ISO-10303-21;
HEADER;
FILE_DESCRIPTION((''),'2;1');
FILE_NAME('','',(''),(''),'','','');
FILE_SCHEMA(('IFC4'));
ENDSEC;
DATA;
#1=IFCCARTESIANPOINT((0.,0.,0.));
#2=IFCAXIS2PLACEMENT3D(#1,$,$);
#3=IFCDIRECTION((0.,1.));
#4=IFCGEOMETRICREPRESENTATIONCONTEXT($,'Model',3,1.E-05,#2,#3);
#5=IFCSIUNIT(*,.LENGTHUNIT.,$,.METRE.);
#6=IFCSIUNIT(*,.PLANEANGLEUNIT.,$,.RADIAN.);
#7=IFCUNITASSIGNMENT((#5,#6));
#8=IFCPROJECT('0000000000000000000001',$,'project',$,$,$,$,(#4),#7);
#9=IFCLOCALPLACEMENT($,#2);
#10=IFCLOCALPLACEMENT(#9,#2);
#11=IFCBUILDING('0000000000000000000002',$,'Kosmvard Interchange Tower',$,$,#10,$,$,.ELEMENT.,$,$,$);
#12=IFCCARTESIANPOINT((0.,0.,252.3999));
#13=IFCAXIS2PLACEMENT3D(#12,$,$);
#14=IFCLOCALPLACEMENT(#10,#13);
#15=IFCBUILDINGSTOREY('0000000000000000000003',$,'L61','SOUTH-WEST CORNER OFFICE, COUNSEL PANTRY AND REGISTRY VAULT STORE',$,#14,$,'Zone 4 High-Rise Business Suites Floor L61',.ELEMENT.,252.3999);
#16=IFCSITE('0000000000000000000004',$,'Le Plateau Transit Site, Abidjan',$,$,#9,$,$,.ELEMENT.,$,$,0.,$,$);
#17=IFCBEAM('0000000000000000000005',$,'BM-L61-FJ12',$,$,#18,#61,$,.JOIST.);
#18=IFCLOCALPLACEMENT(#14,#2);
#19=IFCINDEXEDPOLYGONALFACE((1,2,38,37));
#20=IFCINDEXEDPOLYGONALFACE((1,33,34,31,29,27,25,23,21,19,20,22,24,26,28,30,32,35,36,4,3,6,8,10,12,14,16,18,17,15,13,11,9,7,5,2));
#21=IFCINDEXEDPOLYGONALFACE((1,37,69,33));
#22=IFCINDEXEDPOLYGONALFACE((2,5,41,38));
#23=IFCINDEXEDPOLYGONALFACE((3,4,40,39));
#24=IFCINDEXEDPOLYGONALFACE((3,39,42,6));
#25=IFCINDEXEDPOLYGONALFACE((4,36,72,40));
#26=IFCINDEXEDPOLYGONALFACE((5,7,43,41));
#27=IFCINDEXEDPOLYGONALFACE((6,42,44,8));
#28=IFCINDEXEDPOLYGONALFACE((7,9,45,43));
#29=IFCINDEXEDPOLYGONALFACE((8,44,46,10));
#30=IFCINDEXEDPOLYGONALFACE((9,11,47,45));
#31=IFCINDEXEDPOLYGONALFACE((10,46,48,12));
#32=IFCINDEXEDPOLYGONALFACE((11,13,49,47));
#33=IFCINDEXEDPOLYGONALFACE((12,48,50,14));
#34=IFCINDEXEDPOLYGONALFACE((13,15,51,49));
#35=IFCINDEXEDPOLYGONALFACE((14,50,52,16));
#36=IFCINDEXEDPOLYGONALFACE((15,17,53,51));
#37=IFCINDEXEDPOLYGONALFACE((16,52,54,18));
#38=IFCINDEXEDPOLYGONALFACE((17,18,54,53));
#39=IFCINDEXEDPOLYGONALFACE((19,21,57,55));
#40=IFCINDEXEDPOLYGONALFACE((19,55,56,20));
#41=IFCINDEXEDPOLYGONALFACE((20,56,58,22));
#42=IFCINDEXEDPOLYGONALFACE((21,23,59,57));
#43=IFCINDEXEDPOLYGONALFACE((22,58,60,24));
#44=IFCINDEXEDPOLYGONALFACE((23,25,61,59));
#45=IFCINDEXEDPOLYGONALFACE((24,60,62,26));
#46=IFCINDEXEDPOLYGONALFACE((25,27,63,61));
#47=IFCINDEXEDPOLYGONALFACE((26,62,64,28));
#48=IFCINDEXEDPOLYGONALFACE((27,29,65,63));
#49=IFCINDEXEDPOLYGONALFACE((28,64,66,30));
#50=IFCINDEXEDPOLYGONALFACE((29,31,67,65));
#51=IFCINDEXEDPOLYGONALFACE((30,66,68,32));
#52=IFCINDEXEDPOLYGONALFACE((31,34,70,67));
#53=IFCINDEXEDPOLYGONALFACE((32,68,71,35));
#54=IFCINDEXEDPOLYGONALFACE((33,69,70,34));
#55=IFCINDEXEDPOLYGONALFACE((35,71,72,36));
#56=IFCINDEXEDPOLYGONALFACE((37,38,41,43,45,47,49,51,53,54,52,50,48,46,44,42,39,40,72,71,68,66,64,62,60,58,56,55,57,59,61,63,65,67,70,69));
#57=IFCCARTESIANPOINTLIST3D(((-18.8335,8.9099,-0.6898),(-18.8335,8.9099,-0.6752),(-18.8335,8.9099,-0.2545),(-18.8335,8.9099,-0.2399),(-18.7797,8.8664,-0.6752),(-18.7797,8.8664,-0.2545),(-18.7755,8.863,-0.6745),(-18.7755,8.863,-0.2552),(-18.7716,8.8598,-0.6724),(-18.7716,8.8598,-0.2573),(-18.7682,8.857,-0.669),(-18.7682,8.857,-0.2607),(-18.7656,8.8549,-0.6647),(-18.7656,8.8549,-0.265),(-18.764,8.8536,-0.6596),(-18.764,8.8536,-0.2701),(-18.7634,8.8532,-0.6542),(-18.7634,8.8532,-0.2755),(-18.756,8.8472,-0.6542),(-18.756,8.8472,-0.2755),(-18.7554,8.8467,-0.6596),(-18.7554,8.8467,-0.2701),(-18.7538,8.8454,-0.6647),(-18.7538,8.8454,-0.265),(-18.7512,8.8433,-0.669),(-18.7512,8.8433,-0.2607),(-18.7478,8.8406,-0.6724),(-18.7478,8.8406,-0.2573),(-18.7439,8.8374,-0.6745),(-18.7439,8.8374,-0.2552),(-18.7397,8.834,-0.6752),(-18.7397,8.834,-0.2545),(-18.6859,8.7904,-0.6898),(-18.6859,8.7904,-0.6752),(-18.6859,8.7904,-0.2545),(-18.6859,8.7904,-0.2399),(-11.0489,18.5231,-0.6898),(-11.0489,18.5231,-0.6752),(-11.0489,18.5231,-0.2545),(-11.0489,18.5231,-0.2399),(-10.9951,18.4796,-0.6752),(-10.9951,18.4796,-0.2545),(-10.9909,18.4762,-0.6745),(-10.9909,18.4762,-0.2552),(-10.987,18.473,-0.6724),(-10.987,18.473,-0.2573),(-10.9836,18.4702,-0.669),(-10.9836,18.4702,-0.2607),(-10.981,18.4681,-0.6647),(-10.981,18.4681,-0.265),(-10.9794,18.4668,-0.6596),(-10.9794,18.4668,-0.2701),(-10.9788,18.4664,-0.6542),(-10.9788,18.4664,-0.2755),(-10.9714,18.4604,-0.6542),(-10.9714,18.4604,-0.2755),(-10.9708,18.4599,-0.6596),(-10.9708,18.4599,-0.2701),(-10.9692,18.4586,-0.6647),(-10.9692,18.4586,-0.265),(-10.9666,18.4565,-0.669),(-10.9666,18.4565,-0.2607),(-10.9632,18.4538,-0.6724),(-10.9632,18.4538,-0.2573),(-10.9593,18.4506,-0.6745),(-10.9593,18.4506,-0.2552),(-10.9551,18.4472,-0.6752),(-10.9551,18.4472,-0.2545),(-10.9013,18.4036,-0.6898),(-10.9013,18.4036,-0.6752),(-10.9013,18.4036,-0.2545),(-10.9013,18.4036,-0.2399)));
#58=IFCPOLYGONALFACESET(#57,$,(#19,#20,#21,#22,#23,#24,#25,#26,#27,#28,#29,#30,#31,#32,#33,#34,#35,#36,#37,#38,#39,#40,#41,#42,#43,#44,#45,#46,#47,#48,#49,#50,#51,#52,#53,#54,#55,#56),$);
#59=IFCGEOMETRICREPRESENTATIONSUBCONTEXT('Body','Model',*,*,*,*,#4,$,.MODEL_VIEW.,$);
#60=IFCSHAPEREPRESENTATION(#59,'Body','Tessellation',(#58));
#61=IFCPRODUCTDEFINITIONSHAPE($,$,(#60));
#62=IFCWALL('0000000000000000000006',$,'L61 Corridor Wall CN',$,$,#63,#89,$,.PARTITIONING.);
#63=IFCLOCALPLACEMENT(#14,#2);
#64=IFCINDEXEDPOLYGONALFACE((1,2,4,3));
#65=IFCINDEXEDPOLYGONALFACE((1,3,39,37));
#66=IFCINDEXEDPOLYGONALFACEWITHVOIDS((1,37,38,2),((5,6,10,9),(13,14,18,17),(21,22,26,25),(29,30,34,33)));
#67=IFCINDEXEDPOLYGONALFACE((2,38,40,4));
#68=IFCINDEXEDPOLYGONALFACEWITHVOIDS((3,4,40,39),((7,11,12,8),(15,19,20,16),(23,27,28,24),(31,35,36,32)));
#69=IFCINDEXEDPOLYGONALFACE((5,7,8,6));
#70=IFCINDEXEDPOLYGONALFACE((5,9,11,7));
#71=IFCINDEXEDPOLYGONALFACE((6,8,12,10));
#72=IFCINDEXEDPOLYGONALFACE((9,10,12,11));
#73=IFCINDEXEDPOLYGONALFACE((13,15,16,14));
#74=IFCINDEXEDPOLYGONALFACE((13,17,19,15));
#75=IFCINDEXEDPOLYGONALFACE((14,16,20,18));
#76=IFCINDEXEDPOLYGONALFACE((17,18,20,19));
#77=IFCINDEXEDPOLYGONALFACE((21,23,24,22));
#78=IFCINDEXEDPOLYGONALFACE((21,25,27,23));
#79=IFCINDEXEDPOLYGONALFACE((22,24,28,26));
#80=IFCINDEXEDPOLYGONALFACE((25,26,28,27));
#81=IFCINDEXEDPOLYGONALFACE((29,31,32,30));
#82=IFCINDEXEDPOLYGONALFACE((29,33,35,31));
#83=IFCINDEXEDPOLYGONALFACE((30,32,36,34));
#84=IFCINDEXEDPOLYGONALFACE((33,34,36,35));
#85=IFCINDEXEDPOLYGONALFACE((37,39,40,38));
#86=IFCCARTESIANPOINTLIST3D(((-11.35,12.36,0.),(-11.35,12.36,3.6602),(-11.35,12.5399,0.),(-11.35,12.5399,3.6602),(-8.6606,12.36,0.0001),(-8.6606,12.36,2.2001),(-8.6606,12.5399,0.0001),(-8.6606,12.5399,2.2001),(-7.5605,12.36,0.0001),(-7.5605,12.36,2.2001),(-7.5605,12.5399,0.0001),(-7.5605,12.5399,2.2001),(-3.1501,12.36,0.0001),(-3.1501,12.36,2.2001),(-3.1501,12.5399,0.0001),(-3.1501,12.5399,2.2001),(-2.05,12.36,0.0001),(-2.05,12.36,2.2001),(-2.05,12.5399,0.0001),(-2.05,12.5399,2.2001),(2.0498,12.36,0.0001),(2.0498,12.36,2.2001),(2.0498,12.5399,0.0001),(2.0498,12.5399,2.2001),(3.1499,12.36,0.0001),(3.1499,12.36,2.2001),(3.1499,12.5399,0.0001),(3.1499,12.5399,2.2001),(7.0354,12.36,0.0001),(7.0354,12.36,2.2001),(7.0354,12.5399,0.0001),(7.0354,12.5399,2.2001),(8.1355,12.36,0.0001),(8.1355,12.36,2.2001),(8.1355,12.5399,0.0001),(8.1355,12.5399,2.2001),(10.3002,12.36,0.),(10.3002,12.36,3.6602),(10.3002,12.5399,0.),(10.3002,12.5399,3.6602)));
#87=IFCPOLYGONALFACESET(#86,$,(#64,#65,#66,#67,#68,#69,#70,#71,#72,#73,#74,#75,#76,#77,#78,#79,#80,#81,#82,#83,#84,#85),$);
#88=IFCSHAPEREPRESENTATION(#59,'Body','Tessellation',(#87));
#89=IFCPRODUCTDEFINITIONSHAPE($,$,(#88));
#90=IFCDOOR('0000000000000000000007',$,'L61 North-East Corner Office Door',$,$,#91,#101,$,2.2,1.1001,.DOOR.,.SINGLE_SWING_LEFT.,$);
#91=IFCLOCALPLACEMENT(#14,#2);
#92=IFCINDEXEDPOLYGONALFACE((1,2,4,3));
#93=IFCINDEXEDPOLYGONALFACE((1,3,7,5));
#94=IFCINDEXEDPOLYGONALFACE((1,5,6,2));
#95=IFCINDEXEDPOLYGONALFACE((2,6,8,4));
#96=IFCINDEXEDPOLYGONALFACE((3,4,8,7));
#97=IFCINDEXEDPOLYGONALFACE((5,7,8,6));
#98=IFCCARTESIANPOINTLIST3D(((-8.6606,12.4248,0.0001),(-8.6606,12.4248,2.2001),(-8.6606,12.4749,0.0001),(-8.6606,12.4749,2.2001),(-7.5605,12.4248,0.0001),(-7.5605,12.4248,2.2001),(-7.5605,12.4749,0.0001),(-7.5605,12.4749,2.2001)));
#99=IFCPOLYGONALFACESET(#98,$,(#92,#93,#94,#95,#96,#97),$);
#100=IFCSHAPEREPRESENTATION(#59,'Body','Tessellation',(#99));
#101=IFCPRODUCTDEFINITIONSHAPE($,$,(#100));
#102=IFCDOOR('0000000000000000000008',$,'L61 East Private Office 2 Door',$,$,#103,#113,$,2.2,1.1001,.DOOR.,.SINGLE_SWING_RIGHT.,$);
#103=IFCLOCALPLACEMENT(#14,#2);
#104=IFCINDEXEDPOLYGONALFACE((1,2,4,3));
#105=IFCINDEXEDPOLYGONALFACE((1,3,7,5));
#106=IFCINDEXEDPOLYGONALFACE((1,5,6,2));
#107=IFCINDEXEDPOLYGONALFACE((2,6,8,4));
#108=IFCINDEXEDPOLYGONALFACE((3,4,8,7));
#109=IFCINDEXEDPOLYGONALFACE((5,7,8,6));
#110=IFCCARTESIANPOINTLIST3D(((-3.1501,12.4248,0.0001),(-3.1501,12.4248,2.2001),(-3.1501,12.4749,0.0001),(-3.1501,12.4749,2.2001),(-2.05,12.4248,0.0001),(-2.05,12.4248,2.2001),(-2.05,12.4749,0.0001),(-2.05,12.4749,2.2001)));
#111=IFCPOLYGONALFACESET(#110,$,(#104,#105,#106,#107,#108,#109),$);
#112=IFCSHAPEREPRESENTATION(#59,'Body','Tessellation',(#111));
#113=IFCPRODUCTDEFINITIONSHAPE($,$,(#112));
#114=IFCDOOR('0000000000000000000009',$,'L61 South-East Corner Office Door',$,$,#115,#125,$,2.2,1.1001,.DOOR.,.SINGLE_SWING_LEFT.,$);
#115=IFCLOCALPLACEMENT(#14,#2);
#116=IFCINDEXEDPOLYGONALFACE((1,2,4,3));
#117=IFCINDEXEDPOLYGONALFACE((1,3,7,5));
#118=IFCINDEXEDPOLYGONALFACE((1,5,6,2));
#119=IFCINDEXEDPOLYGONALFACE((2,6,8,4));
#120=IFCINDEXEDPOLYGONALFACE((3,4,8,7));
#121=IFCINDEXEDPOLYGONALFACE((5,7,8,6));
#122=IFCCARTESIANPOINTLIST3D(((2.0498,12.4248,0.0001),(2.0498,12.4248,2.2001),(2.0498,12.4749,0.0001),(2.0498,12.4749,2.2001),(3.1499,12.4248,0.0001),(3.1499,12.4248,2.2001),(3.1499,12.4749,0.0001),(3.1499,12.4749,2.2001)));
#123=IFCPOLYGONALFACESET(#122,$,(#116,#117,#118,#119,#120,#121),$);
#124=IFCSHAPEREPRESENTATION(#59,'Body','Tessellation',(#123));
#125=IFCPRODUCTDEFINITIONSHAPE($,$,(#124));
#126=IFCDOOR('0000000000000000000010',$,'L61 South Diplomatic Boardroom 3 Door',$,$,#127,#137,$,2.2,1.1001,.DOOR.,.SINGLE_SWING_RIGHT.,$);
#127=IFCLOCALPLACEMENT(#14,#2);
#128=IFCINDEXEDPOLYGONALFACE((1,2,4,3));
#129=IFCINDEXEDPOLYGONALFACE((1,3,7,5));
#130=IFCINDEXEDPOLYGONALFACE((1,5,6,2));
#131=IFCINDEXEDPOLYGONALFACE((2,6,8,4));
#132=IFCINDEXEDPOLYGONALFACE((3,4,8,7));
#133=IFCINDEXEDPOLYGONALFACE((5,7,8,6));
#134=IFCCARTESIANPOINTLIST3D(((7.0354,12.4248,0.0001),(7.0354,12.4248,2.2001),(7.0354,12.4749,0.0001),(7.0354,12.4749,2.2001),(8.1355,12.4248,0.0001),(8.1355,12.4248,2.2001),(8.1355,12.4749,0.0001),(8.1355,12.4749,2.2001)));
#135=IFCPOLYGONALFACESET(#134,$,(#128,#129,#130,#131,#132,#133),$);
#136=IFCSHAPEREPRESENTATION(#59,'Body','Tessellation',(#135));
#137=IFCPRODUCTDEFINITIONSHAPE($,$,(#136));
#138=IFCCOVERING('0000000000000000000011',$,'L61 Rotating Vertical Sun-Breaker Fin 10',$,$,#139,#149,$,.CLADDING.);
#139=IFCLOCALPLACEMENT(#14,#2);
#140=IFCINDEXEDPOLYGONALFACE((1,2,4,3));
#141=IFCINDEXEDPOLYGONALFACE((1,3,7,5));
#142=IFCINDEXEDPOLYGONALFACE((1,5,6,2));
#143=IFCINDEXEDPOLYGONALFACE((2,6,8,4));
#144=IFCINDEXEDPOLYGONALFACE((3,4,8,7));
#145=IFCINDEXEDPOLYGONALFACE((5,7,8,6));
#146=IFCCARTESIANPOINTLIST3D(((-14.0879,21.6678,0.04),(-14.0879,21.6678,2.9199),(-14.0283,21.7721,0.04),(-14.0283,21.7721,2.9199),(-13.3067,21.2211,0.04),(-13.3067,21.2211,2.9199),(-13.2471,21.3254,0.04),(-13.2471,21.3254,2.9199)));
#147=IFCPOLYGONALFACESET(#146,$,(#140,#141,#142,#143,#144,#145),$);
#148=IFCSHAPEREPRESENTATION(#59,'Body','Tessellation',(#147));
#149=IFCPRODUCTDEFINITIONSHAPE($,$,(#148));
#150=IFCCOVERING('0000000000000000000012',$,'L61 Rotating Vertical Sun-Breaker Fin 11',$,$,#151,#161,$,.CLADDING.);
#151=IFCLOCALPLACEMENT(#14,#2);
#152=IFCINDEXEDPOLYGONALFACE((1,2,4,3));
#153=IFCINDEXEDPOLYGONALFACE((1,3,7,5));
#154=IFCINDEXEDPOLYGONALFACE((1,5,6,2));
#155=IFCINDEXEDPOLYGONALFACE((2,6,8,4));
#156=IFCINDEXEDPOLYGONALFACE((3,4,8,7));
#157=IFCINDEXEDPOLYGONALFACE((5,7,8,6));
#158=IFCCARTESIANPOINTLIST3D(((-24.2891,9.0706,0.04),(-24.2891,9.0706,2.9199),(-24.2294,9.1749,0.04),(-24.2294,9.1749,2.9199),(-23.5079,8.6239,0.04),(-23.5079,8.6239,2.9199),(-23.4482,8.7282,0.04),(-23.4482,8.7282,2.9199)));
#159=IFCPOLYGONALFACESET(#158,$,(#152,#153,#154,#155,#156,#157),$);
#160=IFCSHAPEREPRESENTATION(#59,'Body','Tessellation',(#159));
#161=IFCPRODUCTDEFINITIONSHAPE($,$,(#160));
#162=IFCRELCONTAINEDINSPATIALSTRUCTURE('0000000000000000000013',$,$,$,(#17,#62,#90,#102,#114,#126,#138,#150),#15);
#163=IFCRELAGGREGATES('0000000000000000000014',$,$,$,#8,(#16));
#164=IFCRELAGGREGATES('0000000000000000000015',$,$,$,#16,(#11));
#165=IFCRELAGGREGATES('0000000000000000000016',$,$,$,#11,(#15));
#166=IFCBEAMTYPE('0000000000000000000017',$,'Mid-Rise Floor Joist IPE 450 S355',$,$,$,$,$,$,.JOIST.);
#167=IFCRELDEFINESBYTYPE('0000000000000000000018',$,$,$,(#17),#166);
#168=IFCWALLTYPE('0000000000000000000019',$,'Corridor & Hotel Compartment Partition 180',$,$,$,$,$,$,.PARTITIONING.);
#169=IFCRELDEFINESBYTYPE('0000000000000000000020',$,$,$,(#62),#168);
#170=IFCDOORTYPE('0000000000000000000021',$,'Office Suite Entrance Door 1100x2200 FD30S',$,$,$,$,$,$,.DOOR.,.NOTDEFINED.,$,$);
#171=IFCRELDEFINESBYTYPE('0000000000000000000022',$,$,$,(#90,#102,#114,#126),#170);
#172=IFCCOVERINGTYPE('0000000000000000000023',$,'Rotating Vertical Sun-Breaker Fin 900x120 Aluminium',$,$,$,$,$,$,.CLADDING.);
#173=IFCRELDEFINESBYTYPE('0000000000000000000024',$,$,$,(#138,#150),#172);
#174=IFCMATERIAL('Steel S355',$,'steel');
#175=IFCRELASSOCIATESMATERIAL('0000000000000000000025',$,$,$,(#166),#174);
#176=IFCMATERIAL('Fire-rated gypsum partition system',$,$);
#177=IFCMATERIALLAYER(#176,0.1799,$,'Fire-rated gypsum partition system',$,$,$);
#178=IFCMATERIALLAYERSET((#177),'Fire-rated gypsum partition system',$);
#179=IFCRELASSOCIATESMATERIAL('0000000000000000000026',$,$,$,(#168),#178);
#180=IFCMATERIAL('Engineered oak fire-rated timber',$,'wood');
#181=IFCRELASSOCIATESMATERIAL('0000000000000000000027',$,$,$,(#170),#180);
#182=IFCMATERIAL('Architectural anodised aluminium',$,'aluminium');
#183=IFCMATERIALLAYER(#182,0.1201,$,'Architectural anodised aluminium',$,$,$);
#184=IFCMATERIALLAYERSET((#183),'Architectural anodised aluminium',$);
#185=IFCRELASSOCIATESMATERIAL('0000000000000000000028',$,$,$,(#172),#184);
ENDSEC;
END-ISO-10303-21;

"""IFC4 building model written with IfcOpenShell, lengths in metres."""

from ifc_helpers import new_model, si_unit, direction, frame, frame_2d, origin, origin_2d, place, context, subcontext, project, spatial, rectangle, i_section, extrude, source, transform, mapped, material, layer, layer_set, material_profile, profile_set, type_object, element, fill, save


model = new_model("IFC4")

# Units and contexts
model_context = context("Model", 3, precision=1e-05, world=origin(), true_north=direction((0.0, 1.0)))
body_context = subcontext(model_context, "Body", "Model", "MODEL_VIEW")
ifc_project = project(units=[si_unit("LENGTHUNIT", "METRE"), si_unit("PLANEANGLEUNIT", "RADIAN")], contexts=[model_context])

# Site, building, storey
site_placement = place(None, origin())
site = spatial("IfcSite", under=ifc_project, at=site_placement, Name="Le Plateau Transit Site, Abidjan", CompositionType="ELEMENT", RefElevation=0.0)
building_placement = place(site_placement, origin())
building = spatial("IfcBuilding", under=site, at=building_placement, Name="Kosmvard Interchange Tower", CompositionType="ELEMENT")
storey_placement = place(building_placement, frame((0.0, 0.0, 252.3999)))
storey = spatial("IfcBuildingStorey", under=building, at=storey_placement, Name="L61", Description="SOUTH-WEST CORNER OFFICE, COUNSEL PANTRY AND REGISTRY VAULT STORE", LongName="Zone 4 High-Rise Business Suites Floor L61", CompositionType="ELEMENT", Elevation=252.3999)

# Beam
ifc_material_1 = material(Name="Steel S355", Category="steel")
ifc_material_profile_1 = material_profile(ifc_material_1, i_section(OverallWidth=0.1899, OverallDepth=0.45, WebThickness=0.0095, FlangeThickness=0.0146, FilletRadius=0.021, at=origin_2d()), Name="IPE 450")
ifc_profile_set_1 = profile_set([ifc_material_profile_1], Name="Steel S355")
beam_type_1 = type_object("IfcBeamType", Name="Mid-Rise Floor Joist IPE 450 S355", PredefinedType="JOIST", material=ifc_profile_set_1)
shared_shape_1 = source(origin(), body_context, "Body", "SweptSolid", [
    extrude(i_section(OverallWidth=0.1899, OverallDepth=0.45, WebThickness=0.0095, FlangeThickness=0.0146, FilletRadius=0.021, at=origin_2d()), origin(), (0.0, 0.0, 1.0), 12.3699),
])
beam_1_placement = place(storey_placement, frame((-10.9751, 18.4634, -0.4648), z_axis=(-0.62932, -0.777147, 0.0), x_axis=(0.777147, -0.62932, 0.0)))
element("IfcBeam", 1, at=beam_1_placement, inside=storey, type_object=beam_type_1, Name="BM-L61-FJ12", PredefinedType="JOIST", context=body_context, shape_type="MappedRepresentation", body=[
    mapped(shared_shape_1, transform((0.0, 0.0, 0.0), scale=1.0)),
])

# Wall, openings, doors
ifc_material_2 = material(Name="Fire-rated gypsum partition system")
ifc_layer_1 = layer(ifc_material_2, 0.1799, Name="Fire-rated gypsum partition system")
ifc_layer_set_1 = layer_set([ifc_layer_1], Name="Fire-rated gypsum partition system")
wall_type = type_object("IfcWallType", Name="Corridor & Hotel Compartment Partition 180", PredefinedType="PARTITIONING", material=ifc_layer_set_1)
wall_placement = place(storey_placement, frame((-11.3501, 12.45, 0.0), z_axis=(0.0, 0.0, 1.0), x_axis=(1.0, 0.0, 0.0)))
wall = element("IfcWall", 2, at=wall_placement, inside=storey, type_object=wall_type, Name="L61 Corridor Wall CN", PredefinedType="PARTITIONING", context=body_context, shape_type="SweptSolid", body=[
    extrude(rectangle(XDim=21.6501, YDim=0.1799, at=frame_2d((10.8252, 0.0))), origin(), (0.0, 0.0, 1.0), 3.6602),
])
opening_1_placement = place(wall_placement, frame((2.6895, 0.0, 0.0)))
opening_1 = element("IfcOpeningElement", 3, at=opening_1_placement, cuts=wall, PredefinedType="OPENING", context=body_context, shape_type="SweptSolid", body=[
    extrude(rectangle(XDim=1.1001, YDim=2.2, at=frame_2d((0.55, 1.1001))), frame((0.0, 0.1001, 0.0), z_axis=(0.0, -1.0, 0.0), x_axis=(1.0, 0.0, 0.0)), (0.0, 0.0, 1.0), 0.2),
])
opening_2_placement = place(wall_placement, frame((8.2, 0.0, 0.0)))
opening_2 = element("IfcOpeningElement", 4, at=opening_2_placement, cuts=wall, PredefinedType="OPENING", context=body_context, shape_type="SweptSolid", body=[
    extrude(rectangle(XDim=1.1001, YDim=2.2, at=frame_2d((0.55, 1.1001))), frame((0.0, 0.1001, 0.0), z_axis=(0.0, -1.0, 0.0), x_axis=(1.0, 0.0, 0.0)), (0.0, 0.0, 1.0), 0.2),
])
opening_3_placement = place(wall_placement, frame((13.3999, 0.0, 0.0)))
opening_3 = element("IfcOpeningElement", 5, at=opening_3_placement, cuts=wall, PredefinedType="OPENING", context=body_context, shape_type="SweptSolid", body=[
    extrude(rectangle(XDim=1.1001, YDim=2.2, at=frame_2d((0.55, 1.1001))), frame((0.0, 0.1001, 0.0), z_axis=(0.0, -1.0, 0.0), x_axis=(1.0, 0.0, 0.0)), (0.0, 0.0, 1.0), 0.2),
])
opening_4_placement = place(wall_placement, frame((18.3855, 0.0, 0.0)))
opening_4 = element("IfcOpeningElement", 6, at=opening_4_placement, cuts=wall, PredefinedType="OPENING", context=body_context, shape_type="SweptSolid", body=[
    extrude(rectangle(XDim=1.1001, YDim=2.2, at=frame_2d((0.55, 1.1001))), frame((0.0, 0.1001, 0.0), z_axis=(0.0, -1.0, 0.0), x_axis=(1.0, 0.0, 0.0)), (0.0, 0.0, 1.0), 0.2),
])
ifc_material_3 = material(Name="Engineered oak fire-rated timber", Category="wood")
door_type = type_object("IfcDoorType", Name="Office Suite Entrance Door 1100x2200 FD30S", OperationType="NOTDEFINED", PredefinedType="DOOR", material=ifc_material_3)
shared_shape_2 = source(origin(), body_context, "Body", "SweptSolid", [
    extrude(rectangle(XDim=1.1001, YDim=2.2, at=frame_2d((0.55, 1.1001))), frame((0.0, 0.0249, 0.0), z_axis=(0.0, -1.0, 0.0), x_axis=(1.0, 0.0, 0.0)), (0.0, 0.0, 1.0), 0.05),
])
door_1_placement = place(opening_1_placement, origin())
door_1 = element("IfcDoor", 7, at=door_1_placement, inside=storey, type_object=door_type, Name="L61 North-East Corner Office Door", OperationType="SINGLE_SWING_LEFT", OverallHeight=2.2, OverallWidth=1.1001, PredefinedType="DOOR", context=body_context, shape_type="MappedRepresentation", body=[
    mapped(shared_shape_2, transform((0.0, 0.0, 0.0), scale=1.0)),
])
fill(opening_1, door_1)
door_2_placement = place(opening_2_placement, origin())
door_2 = element("IfcDoor", 8, at=door_2_placement, inside=storey, type_object=door_type, Name="L61 East Private Office 2 Door", OperationType="SINGLE_SWING_RIGHT", OverallHeight=2.2, OverallWidth=1.1001, PredefinedType="DOOR", context=body_context, shape_type="MappedRepresentation", body=[
    mapped(shared_shape_2, transform((0.0, 0.0, 0.0), scale=1.0)),
])
fill(opening_2, door_2)
door_3_placement = place(opening_3_placement, origin())
door_3 = element("IfcDoor", 9, at=door_3_placement, inside=storey, type_object=door_type, Name="L61 South-East Corner Office Door", OperationType="SINGLE_SWING_LEFT", OverallHeight=2.2, OverallWidth=1.1001, PredefinedType="DOOR", context=body_context, shape_type="MappedRepresentation", body=[
    mapped(shared_shape_2, transform((0.0, 0.0, 0.0), scale=1.0)),
])
fill(opening_3, door_3)
door_4_placement = place(opening_4_placement, origin())
door_4 = element("IfcDoor", 10, at=door_4_placement, inside=storey, type_object=door_type, Name="L61 South Diplomatic Boardroom 3 Door", OperationType="SINGLE_SWING_RIGHT", OverallHeight=2.2, OverallWidth=1.1001, PredefinedType="DOOR", context=body_context, shape_type="MappedRepresentation", body=[
    mapped(shared_shape_2, transform((0.0, 0.0, 0.0), scale=1.0)),
])
fill(opening_4, door_4)

# Coverings
ifc_material_4 = material(Name="Architectural anodised aluminium", Category="aluminium")
ifc_layer_2 = layer(ifc_material_4, 0.1201, Name="Architectural anodised aluminium")
ifc_layer_set_2 = layer_set([ifc_layer_2], Name="Architectural anodised aluminium")
covering_type = type_object("IfcCoveringType", Name="Rotating Vertical Sun-Breaker Fin 900x120 Aluminium", PredefinedType="CLADDING", material=ifc_layer_set_2)
shared_shape_3 = source(origin(), body_context, "Body", "SweptSolid", [
    extrude(rectangle(XDim=0.8999, YDim=0.1201, at=origin_2d()), origin(), (0.0, 0.0, 1.0), 2.8799),
])
for number, where, z_axis, x_axis, name in (
    (11, (-13.6675, 21.4966, 0.04), (0.0, 0.0, 1.0), (-0.868112, 0.496368, 0.0), "L61 Rotating Vertical Sun-Breaker Fin 10"),
    (12, (-23.8687, 8.8994, 0.04), (0.0, 0.0, 1.0), (-0.868112, 0.496368, 0.0), "L61 Rotating Vertical Sun-Breaker Fin 11"),
):
    element("IfcCovering", number, at=place(storey_placement, frame(where, z_axis=z_axis, x_axis=x_axis)), inside=storey, type_object=covering_type, Name=name, PredefinedType="CLADDING", context=body_context, shape_type="MappedRepresentation", body=[
        mapped(shared_shape_3, transform((0.0, 0.0, 0.0), scale=1.0)),
    ])

save(model, "model.ifc")
